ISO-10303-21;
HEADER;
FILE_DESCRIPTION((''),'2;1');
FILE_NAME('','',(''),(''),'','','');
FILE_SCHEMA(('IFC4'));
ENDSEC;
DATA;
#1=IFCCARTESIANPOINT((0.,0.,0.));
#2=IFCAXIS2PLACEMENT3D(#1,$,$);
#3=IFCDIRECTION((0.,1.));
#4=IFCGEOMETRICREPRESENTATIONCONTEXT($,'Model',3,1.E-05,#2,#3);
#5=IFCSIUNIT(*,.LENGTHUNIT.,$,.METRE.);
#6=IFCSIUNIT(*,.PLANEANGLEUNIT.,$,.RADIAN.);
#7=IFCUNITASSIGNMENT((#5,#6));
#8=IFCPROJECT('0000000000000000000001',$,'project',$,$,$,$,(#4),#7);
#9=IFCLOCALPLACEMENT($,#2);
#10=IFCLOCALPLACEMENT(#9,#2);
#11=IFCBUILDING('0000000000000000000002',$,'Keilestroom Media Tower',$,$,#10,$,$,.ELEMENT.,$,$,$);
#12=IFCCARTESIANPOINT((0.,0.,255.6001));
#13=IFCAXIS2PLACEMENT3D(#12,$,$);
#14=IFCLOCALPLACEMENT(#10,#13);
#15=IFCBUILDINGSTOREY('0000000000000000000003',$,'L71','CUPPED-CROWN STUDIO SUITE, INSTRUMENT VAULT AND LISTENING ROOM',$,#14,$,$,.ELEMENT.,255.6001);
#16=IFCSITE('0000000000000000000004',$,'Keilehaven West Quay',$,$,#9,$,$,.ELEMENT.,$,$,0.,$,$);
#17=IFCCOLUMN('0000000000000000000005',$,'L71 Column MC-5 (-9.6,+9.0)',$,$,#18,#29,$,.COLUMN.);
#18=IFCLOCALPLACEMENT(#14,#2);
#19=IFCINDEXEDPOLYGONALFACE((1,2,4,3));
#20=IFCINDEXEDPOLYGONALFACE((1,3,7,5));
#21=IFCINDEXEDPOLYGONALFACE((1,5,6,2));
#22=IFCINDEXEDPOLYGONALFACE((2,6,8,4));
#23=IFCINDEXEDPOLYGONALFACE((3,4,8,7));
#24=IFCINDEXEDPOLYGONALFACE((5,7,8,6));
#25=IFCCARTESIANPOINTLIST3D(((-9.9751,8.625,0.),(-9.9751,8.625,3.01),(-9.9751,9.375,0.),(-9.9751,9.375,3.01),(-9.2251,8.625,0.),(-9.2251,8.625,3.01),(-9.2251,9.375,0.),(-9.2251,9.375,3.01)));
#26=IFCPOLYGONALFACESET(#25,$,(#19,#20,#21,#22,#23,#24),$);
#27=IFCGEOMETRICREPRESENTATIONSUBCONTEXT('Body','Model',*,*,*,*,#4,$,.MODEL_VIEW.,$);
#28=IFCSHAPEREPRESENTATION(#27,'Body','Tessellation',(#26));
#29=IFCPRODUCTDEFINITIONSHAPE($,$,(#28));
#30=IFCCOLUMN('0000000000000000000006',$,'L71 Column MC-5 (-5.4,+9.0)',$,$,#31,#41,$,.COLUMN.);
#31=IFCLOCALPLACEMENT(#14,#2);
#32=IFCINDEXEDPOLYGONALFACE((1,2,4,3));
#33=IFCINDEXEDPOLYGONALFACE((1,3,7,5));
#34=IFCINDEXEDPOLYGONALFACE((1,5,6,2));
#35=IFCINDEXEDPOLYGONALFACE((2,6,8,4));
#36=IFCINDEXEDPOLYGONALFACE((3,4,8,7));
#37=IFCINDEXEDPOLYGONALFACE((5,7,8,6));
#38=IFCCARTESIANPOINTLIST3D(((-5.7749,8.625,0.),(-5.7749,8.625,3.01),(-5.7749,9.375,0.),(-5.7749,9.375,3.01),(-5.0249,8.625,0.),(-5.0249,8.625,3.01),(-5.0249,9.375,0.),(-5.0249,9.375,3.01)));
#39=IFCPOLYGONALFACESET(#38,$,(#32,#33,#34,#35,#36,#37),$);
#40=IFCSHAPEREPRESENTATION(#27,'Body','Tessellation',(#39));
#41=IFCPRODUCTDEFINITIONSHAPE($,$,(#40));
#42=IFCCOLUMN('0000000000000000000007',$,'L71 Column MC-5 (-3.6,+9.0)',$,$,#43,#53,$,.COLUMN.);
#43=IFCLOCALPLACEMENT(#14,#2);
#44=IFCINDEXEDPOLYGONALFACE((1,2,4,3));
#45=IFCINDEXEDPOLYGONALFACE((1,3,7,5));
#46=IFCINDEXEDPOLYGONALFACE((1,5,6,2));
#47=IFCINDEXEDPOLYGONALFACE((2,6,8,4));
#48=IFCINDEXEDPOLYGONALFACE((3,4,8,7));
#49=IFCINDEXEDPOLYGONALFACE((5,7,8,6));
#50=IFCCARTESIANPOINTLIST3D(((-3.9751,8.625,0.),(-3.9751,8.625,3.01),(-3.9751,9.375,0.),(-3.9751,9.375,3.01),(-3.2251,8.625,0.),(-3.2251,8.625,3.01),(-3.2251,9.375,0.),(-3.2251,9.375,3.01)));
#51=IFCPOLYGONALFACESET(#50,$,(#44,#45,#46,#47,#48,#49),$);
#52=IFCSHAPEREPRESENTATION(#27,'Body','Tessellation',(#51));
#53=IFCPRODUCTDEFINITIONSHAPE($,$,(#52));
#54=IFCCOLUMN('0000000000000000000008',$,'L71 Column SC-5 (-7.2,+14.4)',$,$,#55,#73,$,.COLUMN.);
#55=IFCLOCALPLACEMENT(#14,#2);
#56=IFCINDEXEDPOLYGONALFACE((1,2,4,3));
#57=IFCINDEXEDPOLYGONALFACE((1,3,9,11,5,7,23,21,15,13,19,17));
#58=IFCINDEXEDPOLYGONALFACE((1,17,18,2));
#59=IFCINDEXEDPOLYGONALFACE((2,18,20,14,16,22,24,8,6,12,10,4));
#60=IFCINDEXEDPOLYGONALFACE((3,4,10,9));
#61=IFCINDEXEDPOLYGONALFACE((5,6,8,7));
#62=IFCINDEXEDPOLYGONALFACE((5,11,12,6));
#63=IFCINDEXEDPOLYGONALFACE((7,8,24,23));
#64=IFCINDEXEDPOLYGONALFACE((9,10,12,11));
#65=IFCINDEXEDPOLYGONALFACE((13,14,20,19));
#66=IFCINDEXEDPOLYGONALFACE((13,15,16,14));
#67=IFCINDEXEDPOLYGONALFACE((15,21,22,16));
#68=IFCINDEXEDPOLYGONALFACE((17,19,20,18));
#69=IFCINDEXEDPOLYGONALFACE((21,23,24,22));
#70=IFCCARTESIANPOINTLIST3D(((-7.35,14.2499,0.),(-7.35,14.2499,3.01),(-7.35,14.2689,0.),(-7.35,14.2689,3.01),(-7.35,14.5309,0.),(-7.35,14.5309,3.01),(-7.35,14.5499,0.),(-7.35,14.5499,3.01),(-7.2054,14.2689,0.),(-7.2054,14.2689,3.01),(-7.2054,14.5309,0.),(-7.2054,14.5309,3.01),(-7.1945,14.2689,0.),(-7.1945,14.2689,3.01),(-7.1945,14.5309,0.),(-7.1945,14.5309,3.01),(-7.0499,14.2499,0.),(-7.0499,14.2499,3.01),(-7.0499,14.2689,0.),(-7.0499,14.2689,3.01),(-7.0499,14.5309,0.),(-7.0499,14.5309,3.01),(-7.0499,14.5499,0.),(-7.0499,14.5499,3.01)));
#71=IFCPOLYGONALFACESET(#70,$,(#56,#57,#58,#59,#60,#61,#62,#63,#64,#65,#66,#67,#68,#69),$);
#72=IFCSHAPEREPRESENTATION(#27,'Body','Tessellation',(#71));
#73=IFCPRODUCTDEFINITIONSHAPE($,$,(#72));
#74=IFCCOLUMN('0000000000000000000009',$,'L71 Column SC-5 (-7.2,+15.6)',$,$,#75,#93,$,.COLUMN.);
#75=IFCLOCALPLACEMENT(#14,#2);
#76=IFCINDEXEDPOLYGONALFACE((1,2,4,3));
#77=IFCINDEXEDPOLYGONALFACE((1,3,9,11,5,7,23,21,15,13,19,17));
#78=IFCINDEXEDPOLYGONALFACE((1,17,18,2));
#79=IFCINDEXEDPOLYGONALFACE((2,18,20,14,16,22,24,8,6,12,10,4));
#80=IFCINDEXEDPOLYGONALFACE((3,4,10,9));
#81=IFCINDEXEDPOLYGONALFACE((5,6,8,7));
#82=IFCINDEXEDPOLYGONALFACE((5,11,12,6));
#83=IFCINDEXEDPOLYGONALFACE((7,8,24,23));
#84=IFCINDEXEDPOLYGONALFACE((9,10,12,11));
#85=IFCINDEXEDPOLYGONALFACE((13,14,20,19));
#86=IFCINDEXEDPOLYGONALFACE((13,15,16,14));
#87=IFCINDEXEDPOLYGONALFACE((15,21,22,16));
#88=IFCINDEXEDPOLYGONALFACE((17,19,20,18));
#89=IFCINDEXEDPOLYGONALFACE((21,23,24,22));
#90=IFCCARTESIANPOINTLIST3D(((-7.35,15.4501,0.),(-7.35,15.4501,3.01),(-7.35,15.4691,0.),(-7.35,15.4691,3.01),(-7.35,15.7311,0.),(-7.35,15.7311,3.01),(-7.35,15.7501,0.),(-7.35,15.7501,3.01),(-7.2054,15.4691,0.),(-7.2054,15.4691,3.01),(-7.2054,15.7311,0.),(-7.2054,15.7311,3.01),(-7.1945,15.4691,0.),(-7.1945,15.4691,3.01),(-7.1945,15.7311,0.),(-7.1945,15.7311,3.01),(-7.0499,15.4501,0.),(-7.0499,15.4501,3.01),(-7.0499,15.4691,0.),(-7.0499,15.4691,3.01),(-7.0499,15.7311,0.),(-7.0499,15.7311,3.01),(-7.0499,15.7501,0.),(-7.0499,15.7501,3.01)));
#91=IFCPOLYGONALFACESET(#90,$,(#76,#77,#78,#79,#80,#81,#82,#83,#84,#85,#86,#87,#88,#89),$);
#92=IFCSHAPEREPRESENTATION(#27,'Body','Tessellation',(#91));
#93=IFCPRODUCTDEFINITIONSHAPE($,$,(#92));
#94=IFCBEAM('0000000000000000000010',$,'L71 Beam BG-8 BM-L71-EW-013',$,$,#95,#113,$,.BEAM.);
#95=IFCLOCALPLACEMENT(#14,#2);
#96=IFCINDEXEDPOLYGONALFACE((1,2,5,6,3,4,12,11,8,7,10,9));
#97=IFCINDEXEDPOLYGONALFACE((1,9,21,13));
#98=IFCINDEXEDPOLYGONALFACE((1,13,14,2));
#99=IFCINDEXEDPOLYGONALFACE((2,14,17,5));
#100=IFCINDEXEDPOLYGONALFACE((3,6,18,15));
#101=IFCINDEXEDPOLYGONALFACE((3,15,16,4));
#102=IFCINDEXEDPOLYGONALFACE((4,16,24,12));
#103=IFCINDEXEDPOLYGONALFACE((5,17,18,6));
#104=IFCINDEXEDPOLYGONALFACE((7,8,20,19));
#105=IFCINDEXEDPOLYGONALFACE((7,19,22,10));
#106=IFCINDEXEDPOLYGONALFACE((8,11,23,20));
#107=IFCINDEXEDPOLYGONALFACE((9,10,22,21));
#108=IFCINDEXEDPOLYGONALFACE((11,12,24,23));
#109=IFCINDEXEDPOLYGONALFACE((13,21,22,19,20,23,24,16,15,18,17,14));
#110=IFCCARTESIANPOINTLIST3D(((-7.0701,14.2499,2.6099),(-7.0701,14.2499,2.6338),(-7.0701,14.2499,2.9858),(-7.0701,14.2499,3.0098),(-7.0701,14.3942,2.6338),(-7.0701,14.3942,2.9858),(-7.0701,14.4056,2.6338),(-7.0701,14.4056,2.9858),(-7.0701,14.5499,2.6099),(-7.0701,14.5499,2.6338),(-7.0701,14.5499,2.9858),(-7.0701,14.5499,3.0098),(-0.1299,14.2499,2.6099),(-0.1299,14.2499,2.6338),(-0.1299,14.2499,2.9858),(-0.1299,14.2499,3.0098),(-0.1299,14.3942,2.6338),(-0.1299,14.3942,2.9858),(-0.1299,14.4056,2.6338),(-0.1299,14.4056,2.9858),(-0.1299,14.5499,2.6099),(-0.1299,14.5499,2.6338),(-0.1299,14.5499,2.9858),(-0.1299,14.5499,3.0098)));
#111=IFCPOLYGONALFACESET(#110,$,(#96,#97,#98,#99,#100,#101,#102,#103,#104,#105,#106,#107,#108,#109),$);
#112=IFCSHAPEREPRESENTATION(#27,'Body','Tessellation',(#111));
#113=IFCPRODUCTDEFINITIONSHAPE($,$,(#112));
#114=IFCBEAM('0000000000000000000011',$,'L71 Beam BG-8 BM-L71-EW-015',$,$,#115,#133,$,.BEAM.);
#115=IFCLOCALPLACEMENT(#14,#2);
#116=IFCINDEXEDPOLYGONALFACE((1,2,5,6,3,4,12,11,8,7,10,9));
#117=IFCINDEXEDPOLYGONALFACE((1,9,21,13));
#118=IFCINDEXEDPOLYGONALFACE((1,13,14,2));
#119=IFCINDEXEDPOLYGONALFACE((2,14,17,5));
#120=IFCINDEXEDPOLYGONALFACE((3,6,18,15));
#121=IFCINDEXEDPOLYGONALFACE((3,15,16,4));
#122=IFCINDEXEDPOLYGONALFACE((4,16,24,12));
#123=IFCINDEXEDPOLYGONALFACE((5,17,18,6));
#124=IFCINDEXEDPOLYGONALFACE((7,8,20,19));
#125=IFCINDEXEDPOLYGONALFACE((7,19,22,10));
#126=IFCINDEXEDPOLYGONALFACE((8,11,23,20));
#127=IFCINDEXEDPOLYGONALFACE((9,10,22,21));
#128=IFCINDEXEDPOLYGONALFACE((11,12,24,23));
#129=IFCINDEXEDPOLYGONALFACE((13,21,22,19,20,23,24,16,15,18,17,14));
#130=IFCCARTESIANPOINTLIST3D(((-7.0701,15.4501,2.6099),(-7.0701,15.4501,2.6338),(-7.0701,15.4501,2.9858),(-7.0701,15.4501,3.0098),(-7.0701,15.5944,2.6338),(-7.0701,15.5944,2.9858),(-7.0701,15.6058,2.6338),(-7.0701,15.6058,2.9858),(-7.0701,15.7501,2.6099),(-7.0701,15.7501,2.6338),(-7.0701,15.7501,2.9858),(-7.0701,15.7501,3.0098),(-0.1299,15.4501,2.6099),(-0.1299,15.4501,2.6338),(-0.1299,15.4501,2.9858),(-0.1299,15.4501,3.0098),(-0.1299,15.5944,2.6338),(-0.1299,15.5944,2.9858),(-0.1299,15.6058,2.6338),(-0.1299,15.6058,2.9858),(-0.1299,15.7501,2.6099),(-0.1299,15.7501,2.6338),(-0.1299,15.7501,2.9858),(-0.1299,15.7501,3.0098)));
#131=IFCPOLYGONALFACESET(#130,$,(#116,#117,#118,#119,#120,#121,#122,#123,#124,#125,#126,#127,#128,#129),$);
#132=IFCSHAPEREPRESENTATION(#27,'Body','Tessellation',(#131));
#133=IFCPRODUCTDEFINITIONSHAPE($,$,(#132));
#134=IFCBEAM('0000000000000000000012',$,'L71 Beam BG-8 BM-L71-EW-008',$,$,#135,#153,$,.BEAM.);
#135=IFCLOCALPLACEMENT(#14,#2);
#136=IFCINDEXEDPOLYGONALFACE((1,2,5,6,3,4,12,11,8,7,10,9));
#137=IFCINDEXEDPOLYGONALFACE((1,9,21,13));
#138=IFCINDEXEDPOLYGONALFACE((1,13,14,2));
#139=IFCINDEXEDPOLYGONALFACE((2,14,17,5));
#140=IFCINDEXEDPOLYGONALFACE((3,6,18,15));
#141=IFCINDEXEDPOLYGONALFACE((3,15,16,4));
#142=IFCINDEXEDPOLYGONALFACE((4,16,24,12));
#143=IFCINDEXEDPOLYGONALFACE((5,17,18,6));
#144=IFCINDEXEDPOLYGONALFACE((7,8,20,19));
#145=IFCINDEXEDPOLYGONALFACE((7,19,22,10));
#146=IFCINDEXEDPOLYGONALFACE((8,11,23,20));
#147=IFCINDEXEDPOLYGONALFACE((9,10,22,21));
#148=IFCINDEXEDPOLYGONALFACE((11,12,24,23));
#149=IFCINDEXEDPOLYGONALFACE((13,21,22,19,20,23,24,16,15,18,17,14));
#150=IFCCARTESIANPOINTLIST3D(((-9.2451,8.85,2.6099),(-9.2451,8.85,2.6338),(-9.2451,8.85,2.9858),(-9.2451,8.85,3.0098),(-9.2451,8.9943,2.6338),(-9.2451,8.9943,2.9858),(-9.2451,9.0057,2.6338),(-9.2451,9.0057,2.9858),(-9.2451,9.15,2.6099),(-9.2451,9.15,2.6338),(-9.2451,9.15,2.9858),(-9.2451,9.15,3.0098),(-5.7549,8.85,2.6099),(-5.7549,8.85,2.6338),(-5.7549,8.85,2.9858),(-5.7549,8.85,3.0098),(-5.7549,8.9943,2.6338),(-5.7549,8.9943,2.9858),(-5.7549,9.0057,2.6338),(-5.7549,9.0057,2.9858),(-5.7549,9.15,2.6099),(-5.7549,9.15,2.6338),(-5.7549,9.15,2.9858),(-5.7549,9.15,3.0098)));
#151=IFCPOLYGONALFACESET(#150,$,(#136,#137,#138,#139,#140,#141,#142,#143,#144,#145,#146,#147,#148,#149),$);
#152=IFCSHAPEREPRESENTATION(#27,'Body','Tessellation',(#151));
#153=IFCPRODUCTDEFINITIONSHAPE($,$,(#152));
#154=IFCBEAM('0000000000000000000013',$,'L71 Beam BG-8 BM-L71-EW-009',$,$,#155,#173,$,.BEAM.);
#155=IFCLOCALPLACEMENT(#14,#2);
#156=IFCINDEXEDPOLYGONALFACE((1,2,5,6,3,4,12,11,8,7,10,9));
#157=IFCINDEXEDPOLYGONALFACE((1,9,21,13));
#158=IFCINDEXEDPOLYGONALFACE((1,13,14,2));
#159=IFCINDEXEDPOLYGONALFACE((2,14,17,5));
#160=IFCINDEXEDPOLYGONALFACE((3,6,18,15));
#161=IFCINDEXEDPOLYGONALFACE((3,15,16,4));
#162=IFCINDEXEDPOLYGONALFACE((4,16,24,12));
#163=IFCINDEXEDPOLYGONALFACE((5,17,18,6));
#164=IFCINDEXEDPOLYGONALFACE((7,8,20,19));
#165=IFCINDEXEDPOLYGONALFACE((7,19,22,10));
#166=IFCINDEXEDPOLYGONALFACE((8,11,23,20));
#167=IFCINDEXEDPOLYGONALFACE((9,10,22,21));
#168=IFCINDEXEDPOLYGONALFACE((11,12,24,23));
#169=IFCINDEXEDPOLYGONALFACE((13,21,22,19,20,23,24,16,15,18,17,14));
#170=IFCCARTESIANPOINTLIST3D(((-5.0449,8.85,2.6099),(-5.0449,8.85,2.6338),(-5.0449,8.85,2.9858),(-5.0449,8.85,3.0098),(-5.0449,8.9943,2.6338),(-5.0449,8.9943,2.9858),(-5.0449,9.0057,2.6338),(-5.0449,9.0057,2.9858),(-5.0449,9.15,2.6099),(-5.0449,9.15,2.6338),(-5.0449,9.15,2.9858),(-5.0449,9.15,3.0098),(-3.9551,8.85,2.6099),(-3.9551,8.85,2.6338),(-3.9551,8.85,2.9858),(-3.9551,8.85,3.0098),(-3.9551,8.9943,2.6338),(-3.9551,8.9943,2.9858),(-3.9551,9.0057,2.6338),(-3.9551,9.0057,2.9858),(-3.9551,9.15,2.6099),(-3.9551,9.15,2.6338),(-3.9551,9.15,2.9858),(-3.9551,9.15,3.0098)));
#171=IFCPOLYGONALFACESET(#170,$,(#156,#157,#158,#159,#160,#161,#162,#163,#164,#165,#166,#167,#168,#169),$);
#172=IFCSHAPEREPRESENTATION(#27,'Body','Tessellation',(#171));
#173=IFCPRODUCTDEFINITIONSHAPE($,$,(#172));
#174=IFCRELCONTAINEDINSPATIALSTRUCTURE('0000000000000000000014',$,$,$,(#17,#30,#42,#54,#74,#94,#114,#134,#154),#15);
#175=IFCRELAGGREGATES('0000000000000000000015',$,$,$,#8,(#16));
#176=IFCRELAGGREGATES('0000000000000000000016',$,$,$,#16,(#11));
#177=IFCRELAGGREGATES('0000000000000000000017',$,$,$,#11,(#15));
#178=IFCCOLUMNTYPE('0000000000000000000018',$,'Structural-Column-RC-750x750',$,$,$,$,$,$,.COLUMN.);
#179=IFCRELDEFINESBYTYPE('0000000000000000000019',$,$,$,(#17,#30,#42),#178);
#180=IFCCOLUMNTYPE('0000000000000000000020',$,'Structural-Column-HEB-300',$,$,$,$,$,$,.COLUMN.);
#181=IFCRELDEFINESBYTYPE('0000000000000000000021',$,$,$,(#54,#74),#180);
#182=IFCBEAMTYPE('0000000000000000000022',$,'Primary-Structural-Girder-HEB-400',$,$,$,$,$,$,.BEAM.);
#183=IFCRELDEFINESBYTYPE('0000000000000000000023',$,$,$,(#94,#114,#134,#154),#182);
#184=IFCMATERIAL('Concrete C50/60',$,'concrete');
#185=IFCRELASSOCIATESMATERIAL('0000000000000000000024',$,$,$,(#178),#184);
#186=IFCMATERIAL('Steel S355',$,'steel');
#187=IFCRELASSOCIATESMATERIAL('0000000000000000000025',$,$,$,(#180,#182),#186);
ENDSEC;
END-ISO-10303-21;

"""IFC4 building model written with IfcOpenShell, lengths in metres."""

from ifc_helpers import new_model, si_unit, direction, frame, origin, origin_2d, place, context, subcontext, project, spatial, rectangle, i_section, extrude, source, transform, mapped, material, material_profile, profile_set, type_object, element, save


model = new_model("IFC4")

# Units and contexts
model_context = context("Model", 3, precision=1e-05, world=origin(), true_north=direction((0.0, 1.0)))
body_context = subcontext(model_context, "Body", "Model", "MODEL_VIEW")
ifc_project = project(units=[si_unit("LENGTHUNIT", "METRE"), si_unit("PLANEANGLEUNIT", "RADIAN")], contexts=[model_context])

# Site, building, storey
site_placement = place(None, origin())
site = spatial("IfcSite", under=ifc_project, at=site_placement, Name="Keilehaven West Quay", CompositionType="ELEMENT", RefElevation=0.0)
building_placement = place(site_placement, origin())
building = spatial("IfcBuilding", under=site, at=building_placement, Name="Keilestroom Media Tower", CompositionType="ELEMENT")
storey_placement = place(building_placement, frame((0.0, 0.0, 255.6001)))
storey = spatial("IfcBuildingStorey", under=building, at=storey_placement, Name="L71", Description="CUPPED-CROWN STUDIO SUITE, INSTRUMENT VAULT AND LISTENING ROOM", CompositionType="ELEMENT", Elevation=255.6001)

# Columns
ifc_material_1 = material(Name="Concrete C50/60", Category="concrete")
ifc_material_profile_1 = material_profile(ifc_material_1, rectangle(XDim=0.75, YDim=0.75, at=origin_2d()), Name="RC 750x750")
ifc_profile_set_1 = profile_set([ifc_material_profile_1], Name="Concrete C50/60")
column_type_1 = type_object("IfcColumnType", Name="Structural-Column-RC-750x750", PredefinedType="COLUMN", material=ifc_profile_set_1)
shared_shape_1 = source(origin(), body_context, "Body", "SweptSolid", [
    extrude(rectangle(XDim=0.75, YDim=0.75, at=origin_2d()), origin(), (0.0, 0.0, 1.0), 3.01),
])
for number, where, z_axis, x_axis, name in (
    (1, (-9.6001, 9.0, 0.0), (0.0, 0.0, 1.0), (1.0, 0.0, 0.0), "L71 Column MC-5 (-9.6,+9.0)"),
    (2, (-5.3999, 9.0, 0.0), (0.0, 0.0, 1.0), (1.0, 0.0, 0.0), "L71 Column MC-5 (-5.4,+9.0)"),
    (3, (-3.6001, 9.0, 0.0), (0.0, 0.0, 1.0), (1.0, 0.0, 0.0), "L71 Column MC-5 (-3.6,+9.0)"),
):
    element("IfcColumn", number, at=place(storey_placement, frame(where, z_axis=z_axis, x_axis=x_axis)), inside=storey, type_object=column_type_1, Name=name, PredefinedType="COLUMN", context=body_context, shape_type="MappedRepresentation", body=[
        mapped(shared_shape_1, transform((0.0, 0.0, 0.0), x_axis=(1.0, 0.0, 0.0), y_axis=(0.0, 1.0, 0.0), z_axis=(0.0, 0.0, 1.0), scale=1.0)),
    ])
ifc_material_2 = material(Name="Steel S355", Category="steel")
ifc_material_profile_2 = material_profile(ifc_material_2, i_section(OverallWidth=0.3, OverallDepth=0.3, WebThickness=0.011, FlangeThickness=0.019, at=origin_2d()), Name="HEB 300")
ifc_profile_set_2 = profile_set([ifc_material_profile_2], Name="Steel S355")
column_type_2 = type_object("IfcColumnType", Name="Structural-Column-HEB-300", PredefinedType="COLUMN", material=ifc_profile_set_2)
shared_shape_2 = source(origin(), body_context, "Body", "SweptSolid", [
    extrude(i_section(OverallWidth=0.3, OverallDepth=0.3, WebThickness=0.011, FlangeThickness=0.019, at=origin_2d()), origin(), (0.0, 0.0, 1.0), 3.01),
])
for number, where, z_axis, x_axis, name in (
    (4, (-7.2, 14.3999, 0.0), (0.0, 0.0, 1.0), (1.0, 0.0, 0.0), "L71 Column SC-5 (-7.2,+14.4)"),
    (5, (-7.2, 15.6001, 0.0), (0.0, 0.0, 1.0), (1.0, 0.0, 0.0), "L71 Column SC-5 (-7.2,+15.6)"),
):
    element("IfcColumn", number, at=place(storey_placement, frame(where, z_axis=z_axis, x_axis=x_axis)), inside=storey, type_object=column_type_2, Name=name, PredefinedType="COLUMN", context=body_context, shape_type="MappedRepresentation", body=[
        mapped(shared_shape_2, transform((0.0, 0.0, 0.0), x_axis=(1.0, 0.0, 0.0), y_axis=(0.0, 1.0, 0.0), z_axis=(0.0, 0.0, 1.0), scale=1.0)),
    ])

# Beams
ifc_material_profile_3 = material_profile(ifc_material_2, i_section(OverallWidth=0.3, OverallDepth=0.3999, WebThickness=0.0115, FlangeThickness=0.0239, at=origin_2d()), Name="HEB 400")
ifc_profile_set_3 = profile_set([ifc_material_profile_3], Name="Steel S355")
beam_type = type_object("IfcBeamType", Name="Primary-Structural-Girder-HEB-400", PredefinedType="BEAM", material=ifc_profile_set_3)
shared_shape_3 = source(origin(), body_context, "Body", "SweptSolid", [
    extrude(i_section(OverallWidth=0.3, OverallDepth=0.3999, WebThickness=0.0115, FlangeThickness=0.0239, at=origin_2d()), origin(), (0.0, 0.0, 1.0), 6.9402),
])
for number, where, z_axis, x_axis, name in (
    (6, (-7.0701, 14.3999, 2.8098), (1.0, 0.0, 0.0), (0.0, 1.0, 0.0), "L71 Beam BG-8 BM-L71-EW-013"),
    (7, (-7.0701, 15.6001, 2.8098), (1.0, 0.0, 0.0), (0.0, 1.0, 0.0), "L71 Beam BG-8 BM-L71-EW-015"),
):
    element("IfcBeam", number, at=place(storey_placement, frame(where, z_axis=z_axis, x_axis=x_axis)), inside=storey, type_object=beam_type, Name=name, PredefinedType="BEAM", context=body_context, shape_type="MappedRepresentation", body=[
        mapped(shared_shape_3, transform((0.0, 0.0, 0.0), x_axis=(1.0, 0.0, 0.0), y_axis=(0.0, 1.0, 0.0), z_axis=(0.0, 0.0, 1.0), scale=1.0)),
    ])
shared_shape_4 = source(origin(), body_context, "Body", "SweptSolid", [
    extrude(i_section(OverallWidth=0.3, OverallDepth=0.3999, WebThickness=0.0115, FlangeThickness=0.0239, at=origin_2d()), origin(), (0.0, 0.0, 1.0), 3.4902),
])
beam_1_placement = place(storey_placement, frame((-9.2451, 9.0, 2.8098), z_axis=(1.0, 0.0, 0.0), x_axis=(0.0, 1.0, 0.0)))
element("IfcBeam", 8, at=beam_1_placement, inside=storey, type_object=beam_type, Name="L71 Beam BG-8 BM-L71-EW-008", PredefinedType="BEAM", context=body_context, shape_type="MappedRepresentation", body=[
    mapped(shared_shape_4, transform((0.0, 0.0, 0.0), x_axis=(1.0, 0.0, 0.0), y_axis=(0.0, 1.0, 0.0), z_axis=(0.0, 0.0, 1.0), scale=1.0)),
])
shared_shape_5 = source(origin(), body_context, "Body", "SweptSolid", [
    extrude(i_section(OverallWidth=0.3, OverallDepth=0.3999, WebThickness=0.0115, FlangeThickness=0.0239, at=origin_2d()), origin(), (0.0, 0.0, 1.0), 1.0898),
])
beam_2_placement = place(storey_placement, frame((-5.0449, 9.0, 2.8098), z_axis=(1.0, 0.0, 0.0), x_axis=(0.0, 1.0, 0.0)))
element("IfcBeam", 9, at=beam_2_placement, inside=storey, type_object=beam_type, Name="L71 Beam BG-8 BM-L71-EW-009", PredefinedType="BEAM", context=body_context, shape_type="MappedRepresentation", body=[
    mapped(shared_shape_5, transform((0.0, 0.0, 0.0), x_axis=(1.0, 0.0, 0.0), y_axis=(0.0, 1.0, 0.0), z_axis=(0.0, 0.0, 1.0), scale=1.0)),
])

save(model, "model.ifc")
